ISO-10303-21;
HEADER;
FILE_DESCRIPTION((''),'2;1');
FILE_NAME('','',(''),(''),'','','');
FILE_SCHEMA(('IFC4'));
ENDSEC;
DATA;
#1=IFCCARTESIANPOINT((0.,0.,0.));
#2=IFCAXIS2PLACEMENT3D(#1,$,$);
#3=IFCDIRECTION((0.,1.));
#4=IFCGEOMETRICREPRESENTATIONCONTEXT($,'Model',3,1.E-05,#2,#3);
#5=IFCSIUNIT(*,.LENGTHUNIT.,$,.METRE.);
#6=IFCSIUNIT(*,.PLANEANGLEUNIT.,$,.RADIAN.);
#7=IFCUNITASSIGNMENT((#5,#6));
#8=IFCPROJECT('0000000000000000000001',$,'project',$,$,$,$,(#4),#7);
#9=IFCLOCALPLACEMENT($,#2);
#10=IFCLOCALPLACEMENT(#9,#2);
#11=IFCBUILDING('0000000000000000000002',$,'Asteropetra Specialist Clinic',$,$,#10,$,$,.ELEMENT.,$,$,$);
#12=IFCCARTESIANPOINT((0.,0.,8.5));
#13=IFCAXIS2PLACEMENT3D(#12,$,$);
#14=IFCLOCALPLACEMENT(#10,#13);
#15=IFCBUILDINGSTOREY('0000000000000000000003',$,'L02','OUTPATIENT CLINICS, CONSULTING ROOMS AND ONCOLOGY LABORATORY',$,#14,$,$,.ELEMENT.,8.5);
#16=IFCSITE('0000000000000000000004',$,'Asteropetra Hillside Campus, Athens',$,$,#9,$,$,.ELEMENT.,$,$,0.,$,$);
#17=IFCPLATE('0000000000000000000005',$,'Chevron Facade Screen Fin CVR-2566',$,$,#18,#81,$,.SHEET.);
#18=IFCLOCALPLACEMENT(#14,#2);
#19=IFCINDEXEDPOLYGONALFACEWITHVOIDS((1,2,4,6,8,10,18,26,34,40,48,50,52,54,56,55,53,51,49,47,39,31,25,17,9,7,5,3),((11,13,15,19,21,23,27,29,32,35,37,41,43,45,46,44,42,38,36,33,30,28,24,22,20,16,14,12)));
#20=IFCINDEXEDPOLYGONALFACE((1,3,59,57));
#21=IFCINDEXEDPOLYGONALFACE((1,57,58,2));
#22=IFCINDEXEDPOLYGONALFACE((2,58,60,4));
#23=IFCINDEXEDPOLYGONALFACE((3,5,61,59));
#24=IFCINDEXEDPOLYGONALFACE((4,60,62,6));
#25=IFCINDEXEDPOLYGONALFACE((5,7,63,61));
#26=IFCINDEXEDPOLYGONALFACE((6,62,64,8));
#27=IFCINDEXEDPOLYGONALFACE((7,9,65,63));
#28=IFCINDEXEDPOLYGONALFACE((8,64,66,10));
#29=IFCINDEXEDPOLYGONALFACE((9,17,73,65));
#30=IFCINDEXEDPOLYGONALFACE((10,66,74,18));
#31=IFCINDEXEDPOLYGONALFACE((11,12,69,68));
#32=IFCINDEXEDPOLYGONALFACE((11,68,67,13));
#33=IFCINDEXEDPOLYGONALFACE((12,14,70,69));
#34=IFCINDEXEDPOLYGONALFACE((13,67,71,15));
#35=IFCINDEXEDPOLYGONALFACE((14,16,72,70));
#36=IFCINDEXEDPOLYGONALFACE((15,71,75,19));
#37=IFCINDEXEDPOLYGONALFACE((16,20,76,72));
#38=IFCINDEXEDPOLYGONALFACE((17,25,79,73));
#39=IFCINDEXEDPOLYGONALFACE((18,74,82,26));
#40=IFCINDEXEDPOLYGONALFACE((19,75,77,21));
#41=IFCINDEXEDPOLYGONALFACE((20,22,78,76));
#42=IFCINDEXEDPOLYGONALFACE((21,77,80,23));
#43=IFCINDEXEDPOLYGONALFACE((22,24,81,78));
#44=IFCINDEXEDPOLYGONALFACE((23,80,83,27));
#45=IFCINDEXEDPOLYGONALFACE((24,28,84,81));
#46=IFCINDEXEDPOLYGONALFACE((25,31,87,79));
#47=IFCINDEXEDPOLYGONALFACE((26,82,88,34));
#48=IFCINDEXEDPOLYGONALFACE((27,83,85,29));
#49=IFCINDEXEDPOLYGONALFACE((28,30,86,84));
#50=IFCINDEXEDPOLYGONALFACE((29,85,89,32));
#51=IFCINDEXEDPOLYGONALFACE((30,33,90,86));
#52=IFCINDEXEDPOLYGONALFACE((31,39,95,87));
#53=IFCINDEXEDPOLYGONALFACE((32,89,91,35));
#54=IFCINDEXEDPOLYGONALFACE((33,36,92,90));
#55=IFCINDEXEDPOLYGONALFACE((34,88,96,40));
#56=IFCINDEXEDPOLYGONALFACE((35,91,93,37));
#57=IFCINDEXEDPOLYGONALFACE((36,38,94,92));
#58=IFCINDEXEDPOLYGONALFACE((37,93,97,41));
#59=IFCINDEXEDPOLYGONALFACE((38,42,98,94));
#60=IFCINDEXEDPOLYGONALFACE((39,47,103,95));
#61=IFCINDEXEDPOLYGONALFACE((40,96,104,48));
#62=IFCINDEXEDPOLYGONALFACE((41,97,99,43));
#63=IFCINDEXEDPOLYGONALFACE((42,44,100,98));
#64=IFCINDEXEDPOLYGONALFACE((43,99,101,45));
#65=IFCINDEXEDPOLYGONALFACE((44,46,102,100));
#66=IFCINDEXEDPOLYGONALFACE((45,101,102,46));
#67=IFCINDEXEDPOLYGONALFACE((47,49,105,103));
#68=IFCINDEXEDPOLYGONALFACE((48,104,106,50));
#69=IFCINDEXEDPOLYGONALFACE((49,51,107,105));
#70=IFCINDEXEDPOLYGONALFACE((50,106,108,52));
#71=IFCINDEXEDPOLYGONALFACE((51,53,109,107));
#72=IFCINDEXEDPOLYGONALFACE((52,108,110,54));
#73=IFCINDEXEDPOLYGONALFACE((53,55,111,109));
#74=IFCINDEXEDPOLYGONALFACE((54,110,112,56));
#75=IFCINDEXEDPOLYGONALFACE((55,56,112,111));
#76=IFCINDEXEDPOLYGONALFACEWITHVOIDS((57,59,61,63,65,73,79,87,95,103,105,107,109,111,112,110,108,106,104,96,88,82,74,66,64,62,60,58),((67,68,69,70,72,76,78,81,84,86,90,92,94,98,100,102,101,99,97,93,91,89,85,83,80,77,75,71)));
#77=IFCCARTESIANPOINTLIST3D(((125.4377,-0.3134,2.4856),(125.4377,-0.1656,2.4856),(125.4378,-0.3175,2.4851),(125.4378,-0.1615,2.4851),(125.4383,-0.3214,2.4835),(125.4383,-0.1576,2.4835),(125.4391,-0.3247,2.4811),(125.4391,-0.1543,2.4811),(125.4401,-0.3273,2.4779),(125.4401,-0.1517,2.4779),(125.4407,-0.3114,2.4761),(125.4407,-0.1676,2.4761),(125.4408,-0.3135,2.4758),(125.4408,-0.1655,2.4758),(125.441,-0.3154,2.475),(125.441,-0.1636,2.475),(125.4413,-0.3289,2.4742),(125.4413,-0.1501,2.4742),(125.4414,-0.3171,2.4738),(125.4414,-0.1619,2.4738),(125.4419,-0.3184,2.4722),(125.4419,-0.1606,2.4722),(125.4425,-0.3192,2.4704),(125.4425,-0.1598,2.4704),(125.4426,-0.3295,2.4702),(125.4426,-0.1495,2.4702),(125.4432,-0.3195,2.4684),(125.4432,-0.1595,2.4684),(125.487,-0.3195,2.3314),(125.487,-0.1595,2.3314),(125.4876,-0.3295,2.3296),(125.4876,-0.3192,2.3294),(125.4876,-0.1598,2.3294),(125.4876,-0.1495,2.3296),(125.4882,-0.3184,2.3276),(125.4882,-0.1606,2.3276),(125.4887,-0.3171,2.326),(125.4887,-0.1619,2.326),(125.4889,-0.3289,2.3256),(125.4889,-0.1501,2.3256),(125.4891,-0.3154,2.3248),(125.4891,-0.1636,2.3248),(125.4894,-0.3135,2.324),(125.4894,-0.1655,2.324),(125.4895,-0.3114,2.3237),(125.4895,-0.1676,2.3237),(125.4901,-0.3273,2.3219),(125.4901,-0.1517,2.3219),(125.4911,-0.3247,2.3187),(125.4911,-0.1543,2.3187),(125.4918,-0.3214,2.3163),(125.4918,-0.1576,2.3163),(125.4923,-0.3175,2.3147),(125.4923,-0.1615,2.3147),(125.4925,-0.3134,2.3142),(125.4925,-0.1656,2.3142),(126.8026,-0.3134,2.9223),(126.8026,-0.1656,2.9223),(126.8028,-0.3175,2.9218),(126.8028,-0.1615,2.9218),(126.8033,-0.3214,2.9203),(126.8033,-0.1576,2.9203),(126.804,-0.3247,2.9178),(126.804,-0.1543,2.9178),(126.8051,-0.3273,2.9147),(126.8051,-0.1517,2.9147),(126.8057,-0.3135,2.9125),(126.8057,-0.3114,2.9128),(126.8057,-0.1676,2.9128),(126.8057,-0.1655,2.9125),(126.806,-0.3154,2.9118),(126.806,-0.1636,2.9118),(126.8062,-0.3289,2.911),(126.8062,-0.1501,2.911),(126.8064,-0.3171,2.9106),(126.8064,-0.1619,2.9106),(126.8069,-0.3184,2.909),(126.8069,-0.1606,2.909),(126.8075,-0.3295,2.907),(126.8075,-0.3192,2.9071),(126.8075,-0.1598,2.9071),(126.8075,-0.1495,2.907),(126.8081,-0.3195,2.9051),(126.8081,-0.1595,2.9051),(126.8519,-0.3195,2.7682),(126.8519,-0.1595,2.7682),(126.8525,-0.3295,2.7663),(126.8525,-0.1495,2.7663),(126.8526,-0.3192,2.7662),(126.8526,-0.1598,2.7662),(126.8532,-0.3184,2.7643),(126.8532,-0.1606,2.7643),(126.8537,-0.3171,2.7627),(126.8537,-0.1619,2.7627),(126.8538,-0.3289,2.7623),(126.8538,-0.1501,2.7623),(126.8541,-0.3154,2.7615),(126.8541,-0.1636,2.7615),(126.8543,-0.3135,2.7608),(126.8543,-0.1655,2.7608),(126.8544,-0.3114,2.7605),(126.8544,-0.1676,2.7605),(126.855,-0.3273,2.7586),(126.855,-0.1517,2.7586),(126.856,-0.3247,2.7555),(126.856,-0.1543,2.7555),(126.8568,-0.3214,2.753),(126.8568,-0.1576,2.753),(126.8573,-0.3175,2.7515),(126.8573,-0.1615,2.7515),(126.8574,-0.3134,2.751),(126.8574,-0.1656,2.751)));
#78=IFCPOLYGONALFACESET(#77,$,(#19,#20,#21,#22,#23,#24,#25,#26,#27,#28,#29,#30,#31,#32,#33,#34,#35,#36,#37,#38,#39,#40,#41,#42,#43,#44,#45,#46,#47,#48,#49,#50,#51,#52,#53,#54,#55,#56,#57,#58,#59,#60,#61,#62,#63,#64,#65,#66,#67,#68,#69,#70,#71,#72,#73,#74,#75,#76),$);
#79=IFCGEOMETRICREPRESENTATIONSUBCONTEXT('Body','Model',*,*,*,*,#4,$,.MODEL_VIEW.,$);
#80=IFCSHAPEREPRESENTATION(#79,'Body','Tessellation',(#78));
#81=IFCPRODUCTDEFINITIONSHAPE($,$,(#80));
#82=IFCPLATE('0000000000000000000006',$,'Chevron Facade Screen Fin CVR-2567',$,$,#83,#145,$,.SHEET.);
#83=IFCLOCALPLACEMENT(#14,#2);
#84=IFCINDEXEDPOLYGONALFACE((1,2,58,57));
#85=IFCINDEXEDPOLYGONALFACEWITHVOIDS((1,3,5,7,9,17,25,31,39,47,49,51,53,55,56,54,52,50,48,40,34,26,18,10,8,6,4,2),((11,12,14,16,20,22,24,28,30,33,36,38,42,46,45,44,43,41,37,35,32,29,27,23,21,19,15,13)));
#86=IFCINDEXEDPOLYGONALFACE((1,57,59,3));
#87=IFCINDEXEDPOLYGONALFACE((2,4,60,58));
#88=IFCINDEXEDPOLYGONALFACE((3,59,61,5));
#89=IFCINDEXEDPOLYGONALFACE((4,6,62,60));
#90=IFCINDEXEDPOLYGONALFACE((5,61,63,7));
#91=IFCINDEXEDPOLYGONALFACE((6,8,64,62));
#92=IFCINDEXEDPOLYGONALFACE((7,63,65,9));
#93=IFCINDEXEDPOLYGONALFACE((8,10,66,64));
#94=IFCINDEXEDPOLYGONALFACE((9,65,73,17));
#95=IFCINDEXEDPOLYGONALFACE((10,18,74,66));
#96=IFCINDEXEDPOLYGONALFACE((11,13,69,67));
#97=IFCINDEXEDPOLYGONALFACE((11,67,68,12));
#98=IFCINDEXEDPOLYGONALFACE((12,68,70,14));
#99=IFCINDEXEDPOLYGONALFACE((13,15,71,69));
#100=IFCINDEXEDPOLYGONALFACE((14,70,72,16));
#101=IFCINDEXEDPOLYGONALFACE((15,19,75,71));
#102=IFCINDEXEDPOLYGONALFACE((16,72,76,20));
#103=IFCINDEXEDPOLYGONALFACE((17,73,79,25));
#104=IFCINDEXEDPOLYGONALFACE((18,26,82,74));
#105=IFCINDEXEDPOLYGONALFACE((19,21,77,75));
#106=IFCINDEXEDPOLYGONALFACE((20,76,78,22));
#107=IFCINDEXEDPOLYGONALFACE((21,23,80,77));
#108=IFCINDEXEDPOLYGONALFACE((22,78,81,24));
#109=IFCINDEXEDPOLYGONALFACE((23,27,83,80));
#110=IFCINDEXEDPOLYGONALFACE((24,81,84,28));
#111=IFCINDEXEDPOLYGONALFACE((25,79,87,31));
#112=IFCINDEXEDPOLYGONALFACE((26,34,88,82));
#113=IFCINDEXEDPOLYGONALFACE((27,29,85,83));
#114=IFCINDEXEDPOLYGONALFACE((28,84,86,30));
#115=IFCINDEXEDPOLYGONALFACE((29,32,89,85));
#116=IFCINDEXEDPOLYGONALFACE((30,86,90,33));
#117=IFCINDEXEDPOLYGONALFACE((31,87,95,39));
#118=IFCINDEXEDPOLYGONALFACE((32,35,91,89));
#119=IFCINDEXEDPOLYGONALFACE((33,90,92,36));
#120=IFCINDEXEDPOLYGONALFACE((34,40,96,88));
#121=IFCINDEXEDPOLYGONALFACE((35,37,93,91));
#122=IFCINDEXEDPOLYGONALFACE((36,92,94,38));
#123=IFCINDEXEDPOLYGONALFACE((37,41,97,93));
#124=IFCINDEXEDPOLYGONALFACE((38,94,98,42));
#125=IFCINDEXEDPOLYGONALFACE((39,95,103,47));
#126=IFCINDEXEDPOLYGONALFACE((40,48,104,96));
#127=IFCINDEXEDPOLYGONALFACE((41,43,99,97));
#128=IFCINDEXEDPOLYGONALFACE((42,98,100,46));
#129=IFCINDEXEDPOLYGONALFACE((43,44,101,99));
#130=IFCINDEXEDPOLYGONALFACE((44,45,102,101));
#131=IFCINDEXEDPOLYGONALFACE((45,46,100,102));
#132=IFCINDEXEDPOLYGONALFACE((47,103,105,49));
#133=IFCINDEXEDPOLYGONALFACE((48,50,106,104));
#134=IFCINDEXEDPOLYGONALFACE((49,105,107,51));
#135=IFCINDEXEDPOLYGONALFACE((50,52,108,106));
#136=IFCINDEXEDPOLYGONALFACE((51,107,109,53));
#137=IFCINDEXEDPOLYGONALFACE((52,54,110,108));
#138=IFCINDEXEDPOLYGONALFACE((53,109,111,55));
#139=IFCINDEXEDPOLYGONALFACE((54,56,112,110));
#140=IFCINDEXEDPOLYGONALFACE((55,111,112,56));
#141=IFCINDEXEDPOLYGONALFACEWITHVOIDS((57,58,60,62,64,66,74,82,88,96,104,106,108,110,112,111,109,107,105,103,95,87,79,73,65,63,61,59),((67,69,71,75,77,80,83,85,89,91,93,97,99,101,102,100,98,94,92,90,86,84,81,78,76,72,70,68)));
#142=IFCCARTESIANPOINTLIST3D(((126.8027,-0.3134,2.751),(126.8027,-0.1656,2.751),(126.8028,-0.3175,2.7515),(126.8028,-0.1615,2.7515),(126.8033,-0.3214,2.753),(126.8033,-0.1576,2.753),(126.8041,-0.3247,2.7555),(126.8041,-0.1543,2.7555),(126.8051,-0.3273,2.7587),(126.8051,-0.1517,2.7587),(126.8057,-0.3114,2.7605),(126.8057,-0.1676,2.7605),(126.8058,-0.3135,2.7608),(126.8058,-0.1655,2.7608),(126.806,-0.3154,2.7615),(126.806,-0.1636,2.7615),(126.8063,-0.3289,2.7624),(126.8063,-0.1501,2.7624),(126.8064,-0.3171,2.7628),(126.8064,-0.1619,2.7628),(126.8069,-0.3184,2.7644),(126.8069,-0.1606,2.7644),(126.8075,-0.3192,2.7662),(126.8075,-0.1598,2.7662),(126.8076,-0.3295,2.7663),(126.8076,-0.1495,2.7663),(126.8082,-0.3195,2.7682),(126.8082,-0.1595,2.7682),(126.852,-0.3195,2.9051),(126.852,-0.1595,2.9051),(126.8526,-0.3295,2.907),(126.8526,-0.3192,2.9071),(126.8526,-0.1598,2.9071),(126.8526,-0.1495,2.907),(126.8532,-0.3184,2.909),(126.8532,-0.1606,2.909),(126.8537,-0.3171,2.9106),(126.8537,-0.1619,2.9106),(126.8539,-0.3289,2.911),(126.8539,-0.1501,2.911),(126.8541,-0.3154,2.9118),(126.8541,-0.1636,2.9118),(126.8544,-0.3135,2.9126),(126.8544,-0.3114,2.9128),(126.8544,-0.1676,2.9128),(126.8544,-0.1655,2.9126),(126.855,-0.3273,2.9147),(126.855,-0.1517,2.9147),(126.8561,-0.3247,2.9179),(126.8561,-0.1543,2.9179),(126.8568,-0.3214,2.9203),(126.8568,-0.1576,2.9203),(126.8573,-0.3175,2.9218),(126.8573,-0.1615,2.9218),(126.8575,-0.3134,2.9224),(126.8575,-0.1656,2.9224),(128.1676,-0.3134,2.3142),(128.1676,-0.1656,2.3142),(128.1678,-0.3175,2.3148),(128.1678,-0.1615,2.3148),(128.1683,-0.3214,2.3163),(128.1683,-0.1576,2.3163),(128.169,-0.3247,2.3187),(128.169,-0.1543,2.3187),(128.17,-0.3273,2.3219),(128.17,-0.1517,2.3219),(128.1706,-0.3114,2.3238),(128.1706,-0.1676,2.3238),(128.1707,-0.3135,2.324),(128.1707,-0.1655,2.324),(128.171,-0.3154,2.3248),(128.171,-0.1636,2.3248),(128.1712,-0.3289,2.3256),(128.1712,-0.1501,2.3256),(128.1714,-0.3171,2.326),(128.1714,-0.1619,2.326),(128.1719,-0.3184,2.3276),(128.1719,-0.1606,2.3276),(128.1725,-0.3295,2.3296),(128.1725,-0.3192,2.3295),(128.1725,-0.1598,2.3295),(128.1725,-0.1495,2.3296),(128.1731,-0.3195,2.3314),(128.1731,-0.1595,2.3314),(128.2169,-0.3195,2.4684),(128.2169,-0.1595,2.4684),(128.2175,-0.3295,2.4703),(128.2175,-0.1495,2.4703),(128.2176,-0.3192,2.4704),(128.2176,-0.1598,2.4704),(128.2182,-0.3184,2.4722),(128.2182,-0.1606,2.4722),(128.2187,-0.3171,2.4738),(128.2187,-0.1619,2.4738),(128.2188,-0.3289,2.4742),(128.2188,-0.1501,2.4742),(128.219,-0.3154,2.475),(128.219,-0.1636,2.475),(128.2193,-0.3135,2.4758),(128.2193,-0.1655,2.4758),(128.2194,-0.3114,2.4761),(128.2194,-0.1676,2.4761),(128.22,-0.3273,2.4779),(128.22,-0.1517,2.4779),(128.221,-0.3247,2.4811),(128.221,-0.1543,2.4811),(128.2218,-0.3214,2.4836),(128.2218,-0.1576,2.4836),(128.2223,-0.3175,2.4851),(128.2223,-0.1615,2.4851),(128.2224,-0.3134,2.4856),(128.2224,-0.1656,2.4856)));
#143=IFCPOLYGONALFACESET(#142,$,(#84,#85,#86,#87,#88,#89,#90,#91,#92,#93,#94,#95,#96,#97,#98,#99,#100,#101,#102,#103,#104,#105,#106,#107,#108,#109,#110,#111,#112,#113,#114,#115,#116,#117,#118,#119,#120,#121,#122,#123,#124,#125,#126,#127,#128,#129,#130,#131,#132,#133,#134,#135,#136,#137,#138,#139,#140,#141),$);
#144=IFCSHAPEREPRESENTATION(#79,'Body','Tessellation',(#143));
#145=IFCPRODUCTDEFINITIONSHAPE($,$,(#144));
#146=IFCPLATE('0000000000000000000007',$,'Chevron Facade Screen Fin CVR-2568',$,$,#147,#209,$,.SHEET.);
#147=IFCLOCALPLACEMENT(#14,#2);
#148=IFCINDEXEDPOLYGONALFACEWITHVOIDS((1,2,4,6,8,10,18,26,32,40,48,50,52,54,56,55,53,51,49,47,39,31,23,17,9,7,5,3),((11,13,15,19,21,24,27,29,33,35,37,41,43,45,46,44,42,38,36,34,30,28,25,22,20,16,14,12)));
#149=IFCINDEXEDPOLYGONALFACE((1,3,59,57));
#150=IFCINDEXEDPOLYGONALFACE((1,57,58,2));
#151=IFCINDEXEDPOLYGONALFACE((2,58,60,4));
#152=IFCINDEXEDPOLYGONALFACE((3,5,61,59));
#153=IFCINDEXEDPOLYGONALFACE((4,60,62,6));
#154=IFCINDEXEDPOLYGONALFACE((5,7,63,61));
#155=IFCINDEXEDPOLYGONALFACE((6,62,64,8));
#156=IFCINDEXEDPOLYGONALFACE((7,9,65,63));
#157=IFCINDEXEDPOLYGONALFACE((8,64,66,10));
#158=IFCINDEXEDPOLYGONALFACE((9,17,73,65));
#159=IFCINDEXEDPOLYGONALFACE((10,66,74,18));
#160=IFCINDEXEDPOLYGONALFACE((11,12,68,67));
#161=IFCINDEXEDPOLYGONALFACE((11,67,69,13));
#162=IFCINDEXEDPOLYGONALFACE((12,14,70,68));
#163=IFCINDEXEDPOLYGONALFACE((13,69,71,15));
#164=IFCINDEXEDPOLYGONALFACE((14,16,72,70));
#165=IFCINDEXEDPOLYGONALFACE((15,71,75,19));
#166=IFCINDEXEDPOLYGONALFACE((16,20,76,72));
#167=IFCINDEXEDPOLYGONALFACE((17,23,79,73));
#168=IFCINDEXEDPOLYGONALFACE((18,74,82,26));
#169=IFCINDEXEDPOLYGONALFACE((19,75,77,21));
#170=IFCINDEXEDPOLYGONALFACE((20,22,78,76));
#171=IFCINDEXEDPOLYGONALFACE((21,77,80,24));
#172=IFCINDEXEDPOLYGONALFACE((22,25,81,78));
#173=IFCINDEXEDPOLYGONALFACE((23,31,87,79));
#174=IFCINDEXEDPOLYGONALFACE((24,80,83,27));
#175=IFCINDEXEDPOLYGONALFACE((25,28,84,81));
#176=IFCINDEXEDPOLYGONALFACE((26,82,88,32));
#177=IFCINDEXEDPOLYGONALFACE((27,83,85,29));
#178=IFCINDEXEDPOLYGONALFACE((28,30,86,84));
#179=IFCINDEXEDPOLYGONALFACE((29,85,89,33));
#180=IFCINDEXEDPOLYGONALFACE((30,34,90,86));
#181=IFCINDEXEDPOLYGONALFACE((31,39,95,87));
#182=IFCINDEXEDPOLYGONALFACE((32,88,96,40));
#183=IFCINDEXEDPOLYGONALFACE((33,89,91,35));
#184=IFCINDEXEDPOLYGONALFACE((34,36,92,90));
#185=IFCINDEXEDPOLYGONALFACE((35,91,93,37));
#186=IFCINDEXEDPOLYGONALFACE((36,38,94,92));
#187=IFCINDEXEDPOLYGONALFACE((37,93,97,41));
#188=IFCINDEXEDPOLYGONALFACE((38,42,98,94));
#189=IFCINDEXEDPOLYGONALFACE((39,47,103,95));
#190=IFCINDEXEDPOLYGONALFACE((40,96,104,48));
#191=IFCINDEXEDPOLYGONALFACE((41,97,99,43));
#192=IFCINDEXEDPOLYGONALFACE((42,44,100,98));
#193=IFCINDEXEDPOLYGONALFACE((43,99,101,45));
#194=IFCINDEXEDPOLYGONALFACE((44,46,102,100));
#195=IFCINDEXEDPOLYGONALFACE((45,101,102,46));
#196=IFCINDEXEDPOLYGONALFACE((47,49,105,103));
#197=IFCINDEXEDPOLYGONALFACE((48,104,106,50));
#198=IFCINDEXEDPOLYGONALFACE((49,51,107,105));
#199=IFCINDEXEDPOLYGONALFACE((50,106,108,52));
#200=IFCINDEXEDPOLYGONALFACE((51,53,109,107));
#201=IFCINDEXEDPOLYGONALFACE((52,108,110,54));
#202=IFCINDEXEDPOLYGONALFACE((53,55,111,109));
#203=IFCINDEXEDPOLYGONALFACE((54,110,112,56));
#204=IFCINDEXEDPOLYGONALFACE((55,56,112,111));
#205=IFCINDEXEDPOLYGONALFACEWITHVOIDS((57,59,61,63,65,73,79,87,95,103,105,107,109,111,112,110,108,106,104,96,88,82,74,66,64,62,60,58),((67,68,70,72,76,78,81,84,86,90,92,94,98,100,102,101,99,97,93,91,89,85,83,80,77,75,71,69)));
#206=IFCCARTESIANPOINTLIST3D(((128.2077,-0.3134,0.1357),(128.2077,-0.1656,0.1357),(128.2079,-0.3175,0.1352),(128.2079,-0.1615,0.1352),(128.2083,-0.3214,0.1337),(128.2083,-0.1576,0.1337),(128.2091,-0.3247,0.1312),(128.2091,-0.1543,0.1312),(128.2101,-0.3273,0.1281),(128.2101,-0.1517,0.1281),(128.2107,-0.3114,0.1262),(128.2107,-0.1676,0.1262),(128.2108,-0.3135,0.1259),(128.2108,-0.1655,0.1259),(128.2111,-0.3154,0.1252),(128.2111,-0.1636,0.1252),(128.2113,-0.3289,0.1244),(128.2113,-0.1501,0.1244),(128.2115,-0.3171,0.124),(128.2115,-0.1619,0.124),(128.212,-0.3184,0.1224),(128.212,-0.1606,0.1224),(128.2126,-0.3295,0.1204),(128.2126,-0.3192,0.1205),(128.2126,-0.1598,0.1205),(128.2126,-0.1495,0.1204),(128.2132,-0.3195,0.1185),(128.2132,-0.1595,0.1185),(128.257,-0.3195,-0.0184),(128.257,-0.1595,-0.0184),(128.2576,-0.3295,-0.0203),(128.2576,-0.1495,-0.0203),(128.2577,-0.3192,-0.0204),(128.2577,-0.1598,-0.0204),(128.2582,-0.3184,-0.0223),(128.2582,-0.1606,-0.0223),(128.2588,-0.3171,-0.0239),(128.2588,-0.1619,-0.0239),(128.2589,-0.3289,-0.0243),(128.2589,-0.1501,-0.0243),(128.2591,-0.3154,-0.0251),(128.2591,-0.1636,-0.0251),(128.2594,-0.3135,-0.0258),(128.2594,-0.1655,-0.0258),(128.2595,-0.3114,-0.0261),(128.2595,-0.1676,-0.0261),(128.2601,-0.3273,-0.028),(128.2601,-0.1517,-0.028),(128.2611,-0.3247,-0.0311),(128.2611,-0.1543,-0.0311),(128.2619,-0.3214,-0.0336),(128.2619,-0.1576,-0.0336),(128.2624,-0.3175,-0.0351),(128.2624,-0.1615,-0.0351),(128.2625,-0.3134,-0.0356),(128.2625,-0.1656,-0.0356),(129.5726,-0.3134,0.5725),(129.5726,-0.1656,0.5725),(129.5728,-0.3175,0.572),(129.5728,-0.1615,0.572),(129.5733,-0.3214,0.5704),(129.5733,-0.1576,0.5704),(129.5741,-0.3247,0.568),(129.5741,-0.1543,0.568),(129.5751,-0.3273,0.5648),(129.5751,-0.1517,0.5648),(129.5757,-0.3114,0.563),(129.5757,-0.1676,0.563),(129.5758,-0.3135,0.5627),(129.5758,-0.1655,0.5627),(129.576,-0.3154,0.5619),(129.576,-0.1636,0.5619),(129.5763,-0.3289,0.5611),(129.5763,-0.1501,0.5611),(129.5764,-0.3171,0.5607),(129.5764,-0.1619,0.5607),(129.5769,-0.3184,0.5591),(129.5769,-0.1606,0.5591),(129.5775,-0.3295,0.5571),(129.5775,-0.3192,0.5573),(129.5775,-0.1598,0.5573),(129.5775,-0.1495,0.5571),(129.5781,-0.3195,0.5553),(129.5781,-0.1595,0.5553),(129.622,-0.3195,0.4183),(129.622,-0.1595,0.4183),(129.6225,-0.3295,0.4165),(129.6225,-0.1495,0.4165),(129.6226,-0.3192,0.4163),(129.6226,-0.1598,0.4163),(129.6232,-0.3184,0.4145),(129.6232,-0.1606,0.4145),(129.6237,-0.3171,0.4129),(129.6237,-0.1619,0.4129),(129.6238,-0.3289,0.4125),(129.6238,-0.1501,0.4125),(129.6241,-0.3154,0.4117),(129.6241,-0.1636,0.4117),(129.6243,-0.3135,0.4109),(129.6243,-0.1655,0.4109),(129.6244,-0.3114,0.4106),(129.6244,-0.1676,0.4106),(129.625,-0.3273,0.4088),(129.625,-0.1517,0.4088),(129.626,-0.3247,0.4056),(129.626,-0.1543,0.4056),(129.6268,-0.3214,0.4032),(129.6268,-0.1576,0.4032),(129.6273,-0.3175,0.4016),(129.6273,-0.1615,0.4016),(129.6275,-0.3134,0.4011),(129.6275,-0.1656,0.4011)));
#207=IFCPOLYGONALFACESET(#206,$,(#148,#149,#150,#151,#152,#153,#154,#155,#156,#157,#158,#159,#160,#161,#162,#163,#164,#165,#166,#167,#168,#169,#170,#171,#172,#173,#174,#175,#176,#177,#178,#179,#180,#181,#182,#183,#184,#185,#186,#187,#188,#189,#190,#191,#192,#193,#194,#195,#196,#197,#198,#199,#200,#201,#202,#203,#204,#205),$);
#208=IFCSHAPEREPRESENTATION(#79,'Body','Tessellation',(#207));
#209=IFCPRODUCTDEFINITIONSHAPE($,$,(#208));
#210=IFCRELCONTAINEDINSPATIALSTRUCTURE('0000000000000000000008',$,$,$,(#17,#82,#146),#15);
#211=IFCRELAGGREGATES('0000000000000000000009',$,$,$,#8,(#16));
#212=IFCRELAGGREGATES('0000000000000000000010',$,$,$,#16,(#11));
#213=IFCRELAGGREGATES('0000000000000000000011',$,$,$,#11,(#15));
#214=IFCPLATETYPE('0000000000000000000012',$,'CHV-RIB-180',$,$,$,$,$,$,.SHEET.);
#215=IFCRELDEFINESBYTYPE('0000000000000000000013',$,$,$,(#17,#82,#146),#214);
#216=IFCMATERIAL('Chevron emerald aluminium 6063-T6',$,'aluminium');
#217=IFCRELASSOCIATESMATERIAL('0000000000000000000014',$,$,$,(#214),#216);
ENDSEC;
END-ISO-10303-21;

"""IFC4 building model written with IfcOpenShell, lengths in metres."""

from ifc_helpers import new_model, si_unit, direction, frame, origin, origin_2d, place, context, subcontext, project, spatial, hollow_rectangle, extrude, material, material_profile, profile_set, type_object, element, save


model = new_model("IFC4")

# Units and contexts
model_context = context("Model", 3, precision=1e-05, world=origin(), true_north=direction((0.0, 1.0)))
body_context = subcontext(model_context, "Body", "Model", "MODEL_VIEW")
ifc_project = project(units=[si_unit("LENGTHUNIT", "METRE"), si_unit("PLANEANGLEUNIT", "RADIAN")], contexts=[model_context])

# Site, building, storey
site_placement = place(None, origin())
site = spatial("IfcSite", under=ifc_project, at=site_placement, Name="Asteropetra Hillside Campus, Athens", CompositionType="ELEMENT", RefElevation=0.0)
building_placement = place(site_placement, origin())
building = spatial("IfcBuilding", under=site, at=building_placement, Name="Asteropetra Specialist Clinic", CompositionType="ELEMENT")
storey_placement = place(building_placement, frame((0.0, 0.0, 8.5)))
storey = spatial("IfcBuildingStorey", under=building, at=storey_placement, Name="L02", Description="OUTPATIENT CLINICS, CONSULTING ROOMS AND ONCOLOGY LABORATORY", CompositionType="ELEMENT", Elevation=8.5)

# Plates
ifc_material_1 = material(Name="Chevron emerald aluminium 6063-T6", Category="aluminium")
ifc_material_profile = material_profile(ifc_material_1, hollow_rectangle(XDim=0.1799, YDim=0.1799, WallThickness=0.01, InnerFilletRadius=0.0081, OuterFilletRadius=0.0161, at=origin_2d()), Name="SHS 180x180x10.0")
ifc_profile_set = profile_set([ifc_material_profile], Name="Chevron emerald aluminium 6063-T6")
plate_type = type_object("IfcPlateType", Name="CHV-RIB-180", PredefinedType="SHEET", material=ifc_profile_set)
for number, where, z_axis, x_axis, name in (
    (1, (125.4651, -0.2395, 2.3999), (0.95243, 0.0, 0.304757), (0.0, 1.0, 0.0), "Chevron Facade Screen Fin CVR-2566"),
    (2, (126.8301, -0.2395, 2.8367), (0.95243, 0.0, -0.304757), (0.0, 1.0, 0.0), "Chevron Facade Screen Fin CVR-2567"),
    (3, (128.2351, -0.2395, 0.05), (0.95243, 0.0, 0.304757), (0.0, 1.0, 0.0), "Chevron Facade Screen Fin CVR-2568"),
):
    element("IfcPlate", number, at=place(storey_placement, frame(where, z_axis=z_axis, x_axis=x_axis)), inside=storey, type_object=plate_type, Name=name, PredefinedType="SHEET", context=body_context, shape_type="SweptSolid", body=[
        extrude(hollow_rectangle(XDim=0.1799, YDim=0.1799, WallThickness=0.01, InnerFilletRadius=0.0081, OuterFilletRadius=0.0161, at=origin_2d()), origin(), (0.0, 0.0, 1.0), 1.4331),
    ])

save(model, "model.ifc")
